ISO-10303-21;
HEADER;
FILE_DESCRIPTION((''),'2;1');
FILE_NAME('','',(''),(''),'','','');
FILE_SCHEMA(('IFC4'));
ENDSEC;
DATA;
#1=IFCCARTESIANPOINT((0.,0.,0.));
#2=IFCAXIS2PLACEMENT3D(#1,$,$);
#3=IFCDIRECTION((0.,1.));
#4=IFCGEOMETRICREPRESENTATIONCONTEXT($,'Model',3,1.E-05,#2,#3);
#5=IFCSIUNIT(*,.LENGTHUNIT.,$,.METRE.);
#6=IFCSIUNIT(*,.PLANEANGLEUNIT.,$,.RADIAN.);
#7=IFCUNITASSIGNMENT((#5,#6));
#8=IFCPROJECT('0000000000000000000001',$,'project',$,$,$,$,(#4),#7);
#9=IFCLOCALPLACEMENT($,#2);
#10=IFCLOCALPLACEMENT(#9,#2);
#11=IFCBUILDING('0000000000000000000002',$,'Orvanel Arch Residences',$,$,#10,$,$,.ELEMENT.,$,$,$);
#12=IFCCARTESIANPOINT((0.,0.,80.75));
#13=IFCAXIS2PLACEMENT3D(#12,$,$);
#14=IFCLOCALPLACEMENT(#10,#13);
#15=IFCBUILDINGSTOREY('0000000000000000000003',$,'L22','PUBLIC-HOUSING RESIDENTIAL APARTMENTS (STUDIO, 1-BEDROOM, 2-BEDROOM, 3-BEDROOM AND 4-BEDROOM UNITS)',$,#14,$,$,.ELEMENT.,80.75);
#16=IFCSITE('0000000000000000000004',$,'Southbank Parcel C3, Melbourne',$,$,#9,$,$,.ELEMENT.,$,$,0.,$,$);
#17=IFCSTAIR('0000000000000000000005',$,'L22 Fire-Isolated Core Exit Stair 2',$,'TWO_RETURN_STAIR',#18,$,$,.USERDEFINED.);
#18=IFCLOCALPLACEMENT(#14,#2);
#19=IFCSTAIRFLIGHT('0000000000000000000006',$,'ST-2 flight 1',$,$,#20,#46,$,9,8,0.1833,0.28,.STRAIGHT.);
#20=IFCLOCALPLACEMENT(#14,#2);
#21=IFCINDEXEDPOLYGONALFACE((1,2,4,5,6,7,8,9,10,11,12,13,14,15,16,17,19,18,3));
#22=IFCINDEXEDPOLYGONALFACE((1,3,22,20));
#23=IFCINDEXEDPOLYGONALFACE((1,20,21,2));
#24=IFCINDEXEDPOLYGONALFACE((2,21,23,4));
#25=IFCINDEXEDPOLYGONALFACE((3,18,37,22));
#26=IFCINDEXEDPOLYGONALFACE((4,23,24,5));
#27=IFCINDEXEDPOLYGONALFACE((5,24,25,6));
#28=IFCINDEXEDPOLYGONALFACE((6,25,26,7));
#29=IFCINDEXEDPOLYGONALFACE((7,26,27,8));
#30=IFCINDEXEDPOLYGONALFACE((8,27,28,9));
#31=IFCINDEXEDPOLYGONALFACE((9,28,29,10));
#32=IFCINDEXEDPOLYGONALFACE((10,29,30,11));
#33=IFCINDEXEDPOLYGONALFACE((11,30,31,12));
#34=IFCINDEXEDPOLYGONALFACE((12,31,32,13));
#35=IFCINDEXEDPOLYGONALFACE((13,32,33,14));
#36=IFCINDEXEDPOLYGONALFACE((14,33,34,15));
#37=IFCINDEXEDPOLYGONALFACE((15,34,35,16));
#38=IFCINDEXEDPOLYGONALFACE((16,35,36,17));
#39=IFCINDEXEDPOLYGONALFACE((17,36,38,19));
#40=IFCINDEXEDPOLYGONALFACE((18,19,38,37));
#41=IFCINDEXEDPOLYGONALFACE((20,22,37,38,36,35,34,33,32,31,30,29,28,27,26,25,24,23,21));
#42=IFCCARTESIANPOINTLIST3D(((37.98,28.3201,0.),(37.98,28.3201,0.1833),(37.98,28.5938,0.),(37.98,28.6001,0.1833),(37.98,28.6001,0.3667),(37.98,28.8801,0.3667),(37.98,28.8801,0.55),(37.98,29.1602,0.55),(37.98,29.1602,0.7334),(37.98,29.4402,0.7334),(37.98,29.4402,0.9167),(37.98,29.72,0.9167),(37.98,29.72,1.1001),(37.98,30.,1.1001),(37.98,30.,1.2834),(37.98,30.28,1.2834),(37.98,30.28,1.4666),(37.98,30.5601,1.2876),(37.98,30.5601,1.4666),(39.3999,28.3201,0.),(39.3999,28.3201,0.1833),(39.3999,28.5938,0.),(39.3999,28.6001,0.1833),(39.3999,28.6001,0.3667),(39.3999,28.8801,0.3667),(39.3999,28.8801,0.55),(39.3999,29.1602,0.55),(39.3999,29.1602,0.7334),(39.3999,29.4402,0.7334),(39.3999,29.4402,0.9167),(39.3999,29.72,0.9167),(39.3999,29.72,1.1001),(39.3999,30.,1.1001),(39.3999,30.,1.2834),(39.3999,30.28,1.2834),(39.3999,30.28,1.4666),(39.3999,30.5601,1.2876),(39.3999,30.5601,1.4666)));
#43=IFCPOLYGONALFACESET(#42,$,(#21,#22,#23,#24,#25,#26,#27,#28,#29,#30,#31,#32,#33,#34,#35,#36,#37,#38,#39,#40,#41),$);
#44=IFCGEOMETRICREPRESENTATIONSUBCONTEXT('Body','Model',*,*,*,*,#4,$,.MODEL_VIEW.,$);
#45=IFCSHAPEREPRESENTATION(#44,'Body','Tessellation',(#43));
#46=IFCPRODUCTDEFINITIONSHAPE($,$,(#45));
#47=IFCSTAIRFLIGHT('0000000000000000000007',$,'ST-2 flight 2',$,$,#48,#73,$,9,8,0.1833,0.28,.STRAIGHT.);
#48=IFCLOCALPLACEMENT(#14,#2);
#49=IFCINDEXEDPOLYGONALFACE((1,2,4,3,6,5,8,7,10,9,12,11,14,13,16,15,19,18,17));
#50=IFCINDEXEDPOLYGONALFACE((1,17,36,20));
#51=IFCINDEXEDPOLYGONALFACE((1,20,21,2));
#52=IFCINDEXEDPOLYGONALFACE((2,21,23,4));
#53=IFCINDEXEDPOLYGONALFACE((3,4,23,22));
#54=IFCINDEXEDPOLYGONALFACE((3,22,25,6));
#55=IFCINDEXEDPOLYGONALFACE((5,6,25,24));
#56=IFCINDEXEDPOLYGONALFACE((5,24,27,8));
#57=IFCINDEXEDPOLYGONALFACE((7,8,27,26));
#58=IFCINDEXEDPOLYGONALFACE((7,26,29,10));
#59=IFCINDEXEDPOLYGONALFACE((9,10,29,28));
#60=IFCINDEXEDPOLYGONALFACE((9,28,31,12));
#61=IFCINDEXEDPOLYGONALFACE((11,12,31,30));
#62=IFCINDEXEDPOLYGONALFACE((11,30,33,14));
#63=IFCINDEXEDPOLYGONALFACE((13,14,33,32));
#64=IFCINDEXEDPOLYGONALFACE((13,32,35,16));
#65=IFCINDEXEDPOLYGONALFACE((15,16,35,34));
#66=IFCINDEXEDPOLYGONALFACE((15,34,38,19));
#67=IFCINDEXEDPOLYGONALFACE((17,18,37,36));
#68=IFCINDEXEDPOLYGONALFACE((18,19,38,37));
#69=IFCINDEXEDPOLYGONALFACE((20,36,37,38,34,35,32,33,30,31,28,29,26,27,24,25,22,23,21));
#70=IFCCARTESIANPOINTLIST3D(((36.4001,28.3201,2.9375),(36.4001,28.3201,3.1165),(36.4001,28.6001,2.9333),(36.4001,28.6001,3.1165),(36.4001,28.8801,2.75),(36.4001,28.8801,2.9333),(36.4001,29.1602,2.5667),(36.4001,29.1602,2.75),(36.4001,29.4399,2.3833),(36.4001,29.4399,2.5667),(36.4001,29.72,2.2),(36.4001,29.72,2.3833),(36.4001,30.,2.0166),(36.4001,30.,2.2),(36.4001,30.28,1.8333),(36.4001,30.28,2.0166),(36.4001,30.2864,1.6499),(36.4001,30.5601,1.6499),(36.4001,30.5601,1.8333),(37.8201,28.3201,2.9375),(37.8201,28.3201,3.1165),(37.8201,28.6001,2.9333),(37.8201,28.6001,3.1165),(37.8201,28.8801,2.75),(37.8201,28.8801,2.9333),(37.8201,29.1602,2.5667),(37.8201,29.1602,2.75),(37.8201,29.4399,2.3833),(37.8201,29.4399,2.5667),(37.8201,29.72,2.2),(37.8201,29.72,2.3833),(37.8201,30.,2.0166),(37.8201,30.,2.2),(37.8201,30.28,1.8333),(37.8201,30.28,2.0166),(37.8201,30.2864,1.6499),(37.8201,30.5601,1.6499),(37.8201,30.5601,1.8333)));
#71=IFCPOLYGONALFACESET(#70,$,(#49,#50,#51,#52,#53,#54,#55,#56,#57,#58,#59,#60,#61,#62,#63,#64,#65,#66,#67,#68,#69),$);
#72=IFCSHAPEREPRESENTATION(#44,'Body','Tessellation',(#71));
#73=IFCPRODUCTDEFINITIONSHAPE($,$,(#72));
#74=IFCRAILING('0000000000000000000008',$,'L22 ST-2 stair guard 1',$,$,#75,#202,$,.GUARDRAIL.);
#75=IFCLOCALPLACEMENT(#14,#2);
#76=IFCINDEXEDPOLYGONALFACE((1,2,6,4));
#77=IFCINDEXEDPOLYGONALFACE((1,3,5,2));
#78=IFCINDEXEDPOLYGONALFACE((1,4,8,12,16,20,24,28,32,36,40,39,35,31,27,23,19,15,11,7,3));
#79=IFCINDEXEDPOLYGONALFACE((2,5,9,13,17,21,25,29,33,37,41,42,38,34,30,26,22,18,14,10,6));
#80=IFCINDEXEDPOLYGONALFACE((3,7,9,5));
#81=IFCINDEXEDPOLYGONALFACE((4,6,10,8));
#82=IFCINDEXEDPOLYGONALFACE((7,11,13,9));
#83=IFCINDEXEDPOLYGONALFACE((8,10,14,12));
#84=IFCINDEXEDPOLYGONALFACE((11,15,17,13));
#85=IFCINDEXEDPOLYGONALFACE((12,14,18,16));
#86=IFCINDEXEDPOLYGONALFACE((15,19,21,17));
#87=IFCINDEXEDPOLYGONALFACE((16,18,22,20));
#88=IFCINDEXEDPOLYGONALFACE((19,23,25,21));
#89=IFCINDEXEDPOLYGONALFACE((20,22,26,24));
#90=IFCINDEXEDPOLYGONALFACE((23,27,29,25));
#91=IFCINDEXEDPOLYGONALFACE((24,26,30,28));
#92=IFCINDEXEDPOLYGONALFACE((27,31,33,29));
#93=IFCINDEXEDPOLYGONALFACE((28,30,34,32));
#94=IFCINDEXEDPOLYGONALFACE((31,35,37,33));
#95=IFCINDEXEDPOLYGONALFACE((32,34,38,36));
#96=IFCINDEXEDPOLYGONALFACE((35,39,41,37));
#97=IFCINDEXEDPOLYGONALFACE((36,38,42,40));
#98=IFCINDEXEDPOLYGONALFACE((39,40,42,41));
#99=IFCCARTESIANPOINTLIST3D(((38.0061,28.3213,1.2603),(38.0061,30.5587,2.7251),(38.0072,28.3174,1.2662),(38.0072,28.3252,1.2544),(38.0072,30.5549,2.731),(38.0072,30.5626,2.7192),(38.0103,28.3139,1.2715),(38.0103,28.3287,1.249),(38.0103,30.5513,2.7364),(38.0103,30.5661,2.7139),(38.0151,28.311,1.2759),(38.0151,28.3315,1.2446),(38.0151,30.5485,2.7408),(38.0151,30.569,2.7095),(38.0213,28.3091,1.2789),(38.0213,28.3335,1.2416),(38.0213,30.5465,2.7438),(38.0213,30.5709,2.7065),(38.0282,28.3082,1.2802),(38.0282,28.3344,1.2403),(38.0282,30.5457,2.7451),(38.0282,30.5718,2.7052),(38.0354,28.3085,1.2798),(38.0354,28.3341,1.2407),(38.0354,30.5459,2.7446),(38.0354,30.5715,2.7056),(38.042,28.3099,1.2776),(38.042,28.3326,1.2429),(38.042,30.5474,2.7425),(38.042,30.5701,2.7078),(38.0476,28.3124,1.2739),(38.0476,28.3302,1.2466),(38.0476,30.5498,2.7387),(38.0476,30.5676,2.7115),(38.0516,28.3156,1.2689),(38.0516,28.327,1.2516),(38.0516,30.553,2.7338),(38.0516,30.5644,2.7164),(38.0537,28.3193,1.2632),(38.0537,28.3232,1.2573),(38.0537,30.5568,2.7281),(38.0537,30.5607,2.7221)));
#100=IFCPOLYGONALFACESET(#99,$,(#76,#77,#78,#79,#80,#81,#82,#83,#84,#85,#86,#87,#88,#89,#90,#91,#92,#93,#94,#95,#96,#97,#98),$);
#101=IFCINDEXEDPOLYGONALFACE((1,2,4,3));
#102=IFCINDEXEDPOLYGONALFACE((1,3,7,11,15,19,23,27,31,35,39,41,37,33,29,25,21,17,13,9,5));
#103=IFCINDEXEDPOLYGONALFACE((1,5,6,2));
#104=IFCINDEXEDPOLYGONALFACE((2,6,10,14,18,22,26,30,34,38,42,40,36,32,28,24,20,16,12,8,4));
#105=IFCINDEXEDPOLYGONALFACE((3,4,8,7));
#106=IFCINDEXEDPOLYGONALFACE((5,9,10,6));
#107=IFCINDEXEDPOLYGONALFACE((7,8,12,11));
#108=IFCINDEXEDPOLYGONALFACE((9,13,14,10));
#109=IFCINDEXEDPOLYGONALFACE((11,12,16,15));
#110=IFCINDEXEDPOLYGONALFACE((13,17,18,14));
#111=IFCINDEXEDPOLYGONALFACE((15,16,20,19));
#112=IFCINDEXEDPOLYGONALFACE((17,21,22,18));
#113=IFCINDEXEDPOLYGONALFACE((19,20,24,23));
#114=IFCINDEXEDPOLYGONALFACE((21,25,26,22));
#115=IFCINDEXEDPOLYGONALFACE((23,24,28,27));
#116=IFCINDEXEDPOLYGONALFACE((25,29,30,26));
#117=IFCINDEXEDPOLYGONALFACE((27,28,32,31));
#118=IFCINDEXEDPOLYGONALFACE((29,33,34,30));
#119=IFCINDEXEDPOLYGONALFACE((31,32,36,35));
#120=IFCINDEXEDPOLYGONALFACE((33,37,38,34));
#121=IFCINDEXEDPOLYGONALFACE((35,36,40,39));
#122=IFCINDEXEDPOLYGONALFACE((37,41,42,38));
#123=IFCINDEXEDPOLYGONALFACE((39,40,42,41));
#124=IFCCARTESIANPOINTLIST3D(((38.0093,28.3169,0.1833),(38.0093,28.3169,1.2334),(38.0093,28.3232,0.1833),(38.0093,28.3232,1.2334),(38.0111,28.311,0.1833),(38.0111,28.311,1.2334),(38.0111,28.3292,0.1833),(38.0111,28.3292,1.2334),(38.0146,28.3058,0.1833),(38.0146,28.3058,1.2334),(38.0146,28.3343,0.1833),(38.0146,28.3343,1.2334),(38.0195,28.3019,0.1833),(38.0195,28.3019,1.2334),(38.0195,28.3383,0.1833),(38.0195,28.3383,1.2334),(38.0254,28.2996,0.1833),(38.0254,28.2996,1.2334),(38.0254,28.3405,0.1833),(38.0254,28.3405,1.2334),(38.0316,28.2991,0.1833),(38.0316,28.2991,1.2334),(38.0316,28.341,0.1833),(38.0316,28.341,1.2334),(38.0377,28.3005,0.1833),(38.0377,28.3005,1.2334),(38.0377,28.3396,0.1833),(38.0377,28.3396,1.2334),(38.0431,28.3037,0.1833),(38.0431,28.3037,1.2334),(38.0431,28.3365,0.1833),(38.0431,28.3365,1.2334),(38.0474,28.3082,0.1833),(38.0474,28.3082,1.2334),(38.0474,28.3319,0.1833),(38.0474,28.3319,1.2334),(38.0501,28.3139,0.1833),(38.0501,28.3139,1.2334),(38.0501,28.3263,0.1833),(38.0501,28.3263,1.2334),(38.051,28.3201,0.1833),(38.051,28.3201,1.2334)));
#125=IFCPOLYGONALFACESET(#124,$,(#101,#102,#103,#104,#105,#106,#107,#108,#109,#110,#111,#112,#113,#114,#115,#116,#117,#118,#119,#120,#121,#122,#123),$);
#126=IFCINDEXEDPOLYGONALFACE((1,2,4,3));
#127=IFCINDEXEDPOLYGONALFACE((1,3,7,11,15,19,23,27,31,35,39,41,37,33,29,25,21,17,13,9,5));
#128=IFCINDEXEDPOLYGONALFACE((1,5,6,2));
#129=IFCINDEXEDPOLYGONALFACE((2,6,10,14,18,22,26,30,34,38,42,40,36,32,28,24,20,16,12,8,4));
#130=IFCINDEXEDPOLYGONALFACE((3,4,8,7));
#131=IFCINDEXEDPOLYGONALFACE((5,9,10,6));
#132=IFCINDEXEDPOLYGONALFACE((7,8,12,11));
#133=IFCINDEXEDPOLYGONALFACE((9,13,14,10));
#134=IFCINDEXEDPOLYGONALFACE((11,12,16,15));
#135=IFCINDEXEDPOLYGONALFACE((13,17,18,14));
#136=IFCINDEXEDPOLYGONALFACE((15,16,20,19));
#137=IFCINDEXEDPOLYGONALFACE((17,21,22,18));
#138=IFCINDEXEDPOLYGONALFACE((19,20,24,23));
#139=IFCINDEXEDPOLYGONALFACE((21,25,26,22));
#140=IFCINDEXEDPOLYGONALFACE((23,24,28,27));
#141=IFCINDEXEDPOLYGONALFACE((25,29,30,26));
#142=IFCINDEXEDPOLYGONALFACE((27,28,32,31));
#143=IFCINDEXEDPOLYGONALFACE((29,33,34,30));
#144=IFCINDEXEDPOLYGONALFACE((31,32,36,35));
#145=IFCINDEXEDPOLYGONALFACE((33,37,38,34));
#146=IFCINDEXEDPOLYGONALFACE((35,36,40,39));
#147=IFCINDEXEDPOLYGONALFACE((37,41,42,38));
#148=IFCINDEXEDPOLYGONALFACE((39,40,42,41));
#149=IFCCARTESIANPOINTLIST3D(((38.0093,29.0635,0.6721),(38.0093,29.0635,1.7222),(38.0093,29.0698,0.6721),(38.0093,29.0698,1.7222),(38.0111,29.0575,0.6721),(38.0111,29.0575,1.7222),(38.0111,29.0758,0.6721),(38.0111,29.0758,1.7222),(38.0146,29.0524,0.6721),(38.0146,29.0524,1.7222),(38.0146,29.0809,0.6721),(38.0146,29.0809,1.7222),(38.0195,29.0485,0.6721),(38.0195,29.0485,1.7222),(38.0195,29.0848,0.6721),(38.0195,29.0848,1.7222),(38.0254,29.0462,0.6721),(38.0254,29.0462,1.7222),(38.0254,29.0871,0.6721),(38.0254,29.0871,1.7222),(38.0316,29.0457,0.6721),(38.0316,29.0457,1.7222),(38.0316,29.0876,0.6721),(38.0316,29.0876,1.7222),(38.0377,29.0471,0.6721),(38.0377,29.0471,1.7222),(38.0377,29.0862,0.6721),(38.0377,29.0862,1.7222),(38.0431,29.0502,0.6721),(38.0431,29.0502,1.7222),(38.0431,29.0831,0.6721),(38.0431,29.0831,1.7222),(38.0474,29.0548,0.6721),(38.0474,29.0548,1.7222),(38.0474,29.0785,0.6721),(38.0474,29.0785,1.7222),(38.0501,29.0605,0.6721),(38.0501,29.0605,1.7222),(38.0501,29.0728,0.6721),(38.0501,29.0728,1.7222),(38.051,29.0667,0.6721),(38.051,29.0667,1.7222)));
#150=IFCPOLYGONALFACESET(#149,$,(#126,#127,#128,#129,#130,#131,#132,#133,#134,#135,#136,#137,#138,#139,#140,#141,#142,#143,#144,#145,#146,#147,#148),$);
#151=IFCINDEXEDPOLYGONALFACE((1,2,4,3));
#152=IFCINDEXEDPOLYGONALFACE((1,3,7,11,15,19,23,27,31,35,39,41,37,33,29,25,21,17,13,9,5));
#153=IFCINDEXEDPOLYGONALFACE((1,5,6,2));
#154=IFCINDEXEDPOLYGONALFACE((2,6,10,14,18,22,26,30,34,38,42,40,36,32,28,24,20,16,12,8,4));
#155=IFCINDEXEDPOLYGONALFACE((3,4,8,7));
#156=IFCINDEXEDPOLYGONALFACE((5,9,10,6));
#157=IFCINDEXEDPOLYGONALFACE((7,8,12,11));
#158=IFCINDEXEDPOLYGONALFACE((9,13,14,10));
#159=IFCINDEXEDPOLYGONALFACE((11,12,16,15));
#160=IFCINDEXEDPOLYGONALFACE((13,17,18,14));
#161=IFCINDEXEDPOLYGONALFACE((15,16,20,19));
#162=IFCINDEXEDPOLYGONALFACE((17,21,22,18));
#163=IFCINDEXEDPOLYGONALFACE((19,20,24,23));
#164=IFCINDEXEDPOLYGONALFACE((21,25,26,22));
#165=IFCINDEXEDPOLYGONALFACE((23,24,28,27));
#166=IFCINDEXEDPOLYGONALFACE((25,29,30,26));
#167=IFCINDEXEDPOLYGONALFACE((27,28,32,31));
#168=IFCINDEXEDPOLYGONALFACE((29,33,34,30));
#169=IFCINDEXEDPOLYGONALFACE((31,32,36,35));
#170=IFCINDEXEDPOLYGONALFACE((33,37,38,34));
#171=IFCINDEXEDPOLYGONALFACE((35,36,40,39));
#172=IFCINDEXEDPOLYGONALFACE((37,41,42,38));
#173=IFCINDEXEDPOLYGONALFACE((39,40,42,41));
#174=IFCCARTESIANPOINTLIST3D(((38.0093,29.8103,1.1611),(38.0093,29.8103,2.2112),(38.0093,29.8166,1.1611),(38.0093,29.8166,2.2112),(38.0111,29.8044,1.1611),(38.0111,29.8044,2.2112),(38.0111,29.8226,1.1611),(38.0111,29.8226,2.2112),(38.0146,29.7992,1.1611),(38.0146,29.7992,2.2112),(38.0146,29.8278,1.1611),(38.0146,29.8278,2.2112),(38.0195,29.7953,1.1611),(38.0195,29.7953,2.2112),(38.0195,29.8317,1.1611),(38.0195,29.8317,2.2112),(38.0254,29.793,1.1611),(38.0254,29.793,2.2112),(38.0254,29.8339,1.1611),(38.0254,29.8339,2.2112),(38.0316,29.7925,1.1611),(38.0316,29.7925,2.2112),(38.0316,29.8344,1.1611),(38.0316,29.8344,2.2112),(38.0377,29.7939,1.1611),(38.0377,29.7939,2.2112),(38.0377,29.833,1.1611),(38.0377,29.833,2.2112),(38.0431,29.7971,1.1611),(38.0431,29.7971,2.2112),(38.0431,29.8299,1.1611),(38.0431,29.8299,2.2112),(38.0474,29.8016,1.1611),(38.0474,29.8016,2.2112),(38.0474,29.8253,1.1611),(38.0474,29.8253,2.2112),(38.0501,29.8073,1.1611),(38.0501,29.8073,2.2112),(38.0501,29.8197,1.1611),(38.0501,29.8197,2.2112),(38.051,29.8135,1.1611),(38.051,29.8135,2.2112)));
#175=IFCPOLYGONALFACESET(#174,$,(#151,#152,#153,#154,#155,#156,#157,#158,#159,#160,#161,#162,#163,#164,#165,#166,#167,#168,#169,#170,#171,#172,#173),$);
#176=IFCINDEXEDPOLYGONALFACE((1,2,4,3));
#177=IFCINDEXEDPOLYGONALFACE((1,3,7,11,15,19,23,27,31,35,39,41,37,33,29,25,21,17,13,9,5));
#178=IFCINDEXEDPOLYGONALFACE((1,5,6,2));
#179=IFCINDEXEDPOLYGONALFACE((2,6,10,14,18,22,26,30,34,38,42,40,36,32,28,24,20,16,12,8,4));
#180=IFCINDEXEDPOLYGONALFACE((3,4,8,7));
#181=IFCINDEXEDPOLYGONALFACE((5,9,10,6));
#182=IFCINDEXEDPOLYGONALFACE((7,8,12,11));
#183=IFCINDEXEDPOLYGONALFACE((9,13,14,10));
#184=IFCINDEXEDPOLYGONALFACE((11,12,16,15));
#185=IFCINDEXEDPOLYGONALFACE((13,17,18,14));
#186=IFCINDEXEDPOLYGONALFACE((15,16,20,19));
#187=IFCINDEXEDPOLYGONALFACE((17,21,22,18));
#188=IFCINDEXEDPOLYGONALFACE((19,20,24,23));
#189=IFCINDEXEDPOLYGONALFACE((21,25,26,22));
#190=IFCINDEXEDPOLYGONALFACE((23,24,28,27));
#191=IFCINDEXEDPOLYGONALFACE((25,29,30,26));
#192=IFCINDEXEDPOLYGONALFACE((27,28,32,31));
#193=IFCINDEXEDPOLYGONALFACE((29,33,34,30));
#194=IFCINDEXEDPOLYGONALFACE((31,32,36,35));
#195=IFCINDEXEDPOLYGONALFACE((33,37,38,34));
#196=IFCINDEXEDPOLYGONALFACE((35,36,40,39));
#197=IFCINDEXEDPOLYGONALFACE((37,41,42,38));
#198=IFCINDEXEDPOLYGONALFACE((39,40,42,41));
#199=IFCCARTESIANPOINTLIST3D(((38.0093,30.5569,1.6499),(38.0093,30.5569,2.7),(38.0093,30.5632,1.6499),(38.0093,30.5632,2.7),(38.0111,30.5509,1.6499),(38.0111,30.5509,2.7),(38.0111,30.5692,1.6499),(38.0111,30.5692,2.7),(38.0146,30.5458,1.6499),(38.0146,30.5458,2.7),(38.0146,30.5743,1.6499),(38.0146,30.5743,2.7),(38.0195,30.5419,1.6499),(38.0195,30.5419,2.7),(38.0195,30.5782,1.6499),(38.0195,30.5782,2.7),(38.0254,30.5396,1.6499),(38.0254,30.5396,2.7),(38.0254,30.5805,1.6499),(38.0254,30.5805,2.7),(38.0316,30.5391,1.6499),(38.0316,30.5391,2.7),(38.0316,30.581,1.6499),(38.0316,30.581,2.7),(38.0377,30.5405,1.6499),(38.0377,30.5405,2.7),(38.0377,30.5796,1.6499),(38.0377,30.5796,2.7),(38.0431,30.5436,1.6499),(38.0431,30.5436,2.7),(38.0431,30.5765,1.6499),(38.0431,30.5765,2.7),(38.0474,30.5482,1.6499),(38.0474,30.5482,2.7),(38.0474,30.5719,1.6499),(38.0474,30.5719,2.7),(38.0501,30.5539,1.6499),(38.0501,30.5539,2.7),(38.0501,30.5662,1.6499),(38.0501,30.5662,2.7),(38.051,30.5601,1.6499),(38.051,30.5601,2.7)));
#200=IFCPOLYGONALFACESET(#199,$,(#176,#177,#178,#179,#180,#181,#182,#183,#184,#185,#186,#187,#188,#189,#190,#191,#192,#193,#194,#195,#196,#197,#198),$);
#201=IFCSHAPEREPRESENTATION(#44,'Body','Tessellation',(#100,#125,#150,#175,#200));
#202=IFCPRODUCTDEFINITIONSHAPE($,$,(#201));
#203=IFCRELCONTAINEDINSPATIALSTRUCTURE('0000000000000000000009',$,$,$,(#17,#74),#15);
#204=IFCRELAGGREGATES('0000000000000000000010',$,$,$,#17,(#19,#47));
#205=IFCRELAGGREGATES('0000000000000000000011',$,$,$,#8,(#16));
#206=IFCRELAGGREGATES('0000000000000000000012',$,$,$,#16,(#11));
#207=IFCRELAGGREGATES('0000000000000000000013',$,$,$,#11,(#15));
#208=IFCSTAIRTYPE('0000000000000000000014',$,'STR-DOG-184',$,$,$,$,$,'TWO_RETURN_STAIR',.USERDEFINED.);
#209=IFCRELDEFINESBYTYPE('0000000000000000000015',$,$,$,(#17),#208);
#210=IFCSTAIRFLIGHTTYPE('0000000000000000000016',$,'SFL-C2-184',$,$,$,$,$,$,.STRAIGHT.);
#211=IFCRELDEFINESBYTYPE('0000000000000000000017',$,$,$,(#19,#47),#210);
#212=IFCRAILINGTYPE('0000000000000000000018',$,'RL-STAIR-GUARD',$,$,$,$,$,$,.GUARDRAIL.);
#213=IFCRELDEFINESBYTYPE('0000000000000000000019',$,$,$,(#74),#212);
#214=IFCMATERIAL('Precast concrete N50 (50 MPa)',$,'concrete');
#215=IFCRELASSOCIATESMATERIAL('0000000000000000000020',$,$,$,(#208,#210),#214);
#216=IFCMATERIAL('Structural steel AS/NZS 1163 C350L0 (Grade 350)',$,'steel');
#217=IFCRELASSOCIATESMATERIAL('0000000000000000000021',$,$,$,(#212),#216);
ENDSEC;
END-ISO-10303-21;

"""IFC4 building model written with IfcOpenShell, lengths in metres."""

from ifc_helpers import new_model, si_unit, direction, frame, origin, origin_2d, place, context, subcontext, project, spatial, polyline, circle, outline, extrude, material, type_object, element, aggregate, save


model = new_model("IFC4")

# Units and contexts
model_context = context("Model", 3, precision=1e-05, world=origin(), true_north=direction((0.0, 1.0)))
body_context = subcontext(model_context, "Body", "Model", "MODEL_VIEW")
ifc_project = project(units=[si_unit("LENGTHUNIT", "METRE"), si_unit("PLANEANGLEUNIT", "RADIAN")], contexts=[model_context])

# Site, building, storey
site_placement = place(None, origin())
site = spatial("IfcSite", under=ifc_project, at=site_placement, Name="Southbank Parcel C3, Melbourne", CompositionType="ELEMENT", RefElevation=0.0)
building_placement = place(site_placement, origin())
building = spatial("IfcBuilding", under=site, at=building_placement, Name="Orvanel Arch Residences", CompositionType="ELEMENT")
storey_placement = place(building_placement, frame((0.0, 0.0, 80.75)))
storey = spatial("IfcBuildingStorey", under=building, at=storey_placement, Name="L22", Description="PUBLIC-HOUSING RESIDENTIAL APARTMENTS (STUDIO, 1-BEDROOM, 2-BEDROOM, 3-BEDROOM AND 4-BEDROOM UNITS)", CompositionType="ELEMENT", Elevation=80.75)

# Stair, stair flights
ifc_material_1 = material(Name="Precast concrete N50 (50 MPa)", Category="concrete")
stair_type = type_object("IfcStairType", Name="STR-DOG-184", ElementType="TWO_RETURN_STAIR", PredefinedType="USERDEFINED", material=ifc_material_1)
stair_placement = place(storey_placement, origin())
stair = element("IfcStair", 1, at=stair_placement, inside=storey, type_object=stair_type, Name="L22 Fire-Isolated Core Exit Stair 2", ObjectType="TWO_RETURN_STAIR", PredefinedType="USERDEFINED")
stair_flight_type = type_object("IfcStairFlightType", Name="SFL-C2-184", PredefinedType="STRAIGHT", material=ifc_material_1)
stair_flight_1_placement = place(storey_placement, frame((38.6899, 28.3201, 0.0), z_axis=(0.0, 0.0, 1.0), x_axis=(0.0, 1.0, 0.0)))
stair_flight_1 = element("IfcStairFlight", 2, at=stair_flight_1_placement, type_object=stair_flight_type, Name="ST-2 flight 1", NumberOfRisers=9, NumberOfTreads=8, PredefinedType="STRAIGHT", RiserHeight=0.1833, TreadLength=0.28, context=body_context, shape_type="SweptSolid", body=[
    extrude(outline(polyline([(0.0, 0.0), (0.0, 0.1833), (0.28, 0.1833), (0.28, 0.3667), (0.5601, 0.3667), (0.5601, 0.55), (0.8401, 0.55), (0.8401, 0.7334), (1.1201, 0.7334), (1.1201, 0.9167), (1.3999, 0.9167), (1.3999, 1.1001), (1.6799, 1.1001), (1.6799, 1.2834), (1.96, 1.2834), (1.96, 1.4666), (2.24, 1.4666), (2.24, 1.6499), (2.24, 1.2876), (0.2737, 0.0), (0.0, 0.0)])), frame((0.0, 0.71, 0.0), z_axis=(0.0, -1.0, 0.0), x_axis=(1.0, 0.0, 0.0)), (0.0, 0.0, 1.0), 1.4199),
])
stair_flight_2_placement = place(storey_placement, frame((37.1101, 30.5601, 1.6499), z_axis=(0.0, 0.0, 1.0), x_axis=(0.0, -1.0, 0.0)))
stair_flight_2 = element("IfcStairFlight", 3, at=stair_flight_2_placement, type_object=stair_flight_type, Name="ST-2 flight 2", NumberOfRisers=9, NumberOfTreads=8, PredefinedType="STRAIGHT", RiserHeight=0.1833, TreadLength=0.28, context=body_context, shape_type="SweptSolid", body=[
    extrude(outline(polyline([(0.0, 0.0), (0.0, 0.1833), (0.28, 0.1833), (0.28, 0.3667), (0.5601, 0.3667), (0.5601, 0.55), (0.8401, 0.55), (0.8401, 0.7334), (1.1201, 0.7334), (1.1201, 0.9167), (1.3999, 0.9167), (1.3999, 1.1001), (1.6799, 1.1001), (1.6799, 1.2834), (1.96, 1.2834), (1.96, 1.4666), (2.24, 1.4666), (2.24, 1.6499), (2.24, 1.2876), (0.2737, 0.0), (0.0, 0.0)])), frame((0.0, 0.71, 0.0), z_axis=(0.0, -1.0, 0.0), x_axis=(1.0, 0.0, 0.0)), (0.0, 0.0, 1.0), 1.4199),
])
aggregate(stair, [stair_flight_1, stair_flight_2])

# Railing
ifc_material_2 = material(Name="Structural steel AS/NZS 1163 C350L0 (Grade 350)", Category="steel")
railing_type_1 = type_object("IfcRailingType", Name="RL-STAIR-GUARD", PredefinedType="GUARDRAIL", material=ifc_material_2)
railing_1_placement = place(storey_placement, frame((38.03, 28.3201, 0.1833)))
element("IfcRailing", 4, at=railing_1_placement, inside=storey, type_object=railing_type_1, Name="L22 ST-2 stair guard 1", PredefinedType="GUARDRAIL", context=body_context, shape_type="SweptSolid", body=[
    extrude(circle(Radius=0.0239, at=origin_2d()), frame((0.0, 0.0012, 1.0769), z_axis=(0.0, 0.836637, 0.547758), x_axis=(-1.0, 0.0, 0.0)), (0.0, 0.0, 1.0), 2.6743),
    extrude(circle(Radius=0.021, at=origin_2d()), origin(), (0.0, 0.0, 1.0), 1.05),
    extrude(circle(Radius=0.021, at=origin_2d()), frame((0.0, 0.7466, 0.4888)), (0.0, 0.0, 1.0), 1.05),
    extrude(circle(Radius=0.021, at=origin_2d()), frame((0.0, 1.4934, 0.9778)), (0.0, 0.0, 1.0), 1.05),
    extrude(circle(Radius=0.021, at=origin_2d()), frame((0.0, 2.24, 1.4666)), (0.0, 0.0, 1.0), 1.05),
])

save(model, "model.ifc")
